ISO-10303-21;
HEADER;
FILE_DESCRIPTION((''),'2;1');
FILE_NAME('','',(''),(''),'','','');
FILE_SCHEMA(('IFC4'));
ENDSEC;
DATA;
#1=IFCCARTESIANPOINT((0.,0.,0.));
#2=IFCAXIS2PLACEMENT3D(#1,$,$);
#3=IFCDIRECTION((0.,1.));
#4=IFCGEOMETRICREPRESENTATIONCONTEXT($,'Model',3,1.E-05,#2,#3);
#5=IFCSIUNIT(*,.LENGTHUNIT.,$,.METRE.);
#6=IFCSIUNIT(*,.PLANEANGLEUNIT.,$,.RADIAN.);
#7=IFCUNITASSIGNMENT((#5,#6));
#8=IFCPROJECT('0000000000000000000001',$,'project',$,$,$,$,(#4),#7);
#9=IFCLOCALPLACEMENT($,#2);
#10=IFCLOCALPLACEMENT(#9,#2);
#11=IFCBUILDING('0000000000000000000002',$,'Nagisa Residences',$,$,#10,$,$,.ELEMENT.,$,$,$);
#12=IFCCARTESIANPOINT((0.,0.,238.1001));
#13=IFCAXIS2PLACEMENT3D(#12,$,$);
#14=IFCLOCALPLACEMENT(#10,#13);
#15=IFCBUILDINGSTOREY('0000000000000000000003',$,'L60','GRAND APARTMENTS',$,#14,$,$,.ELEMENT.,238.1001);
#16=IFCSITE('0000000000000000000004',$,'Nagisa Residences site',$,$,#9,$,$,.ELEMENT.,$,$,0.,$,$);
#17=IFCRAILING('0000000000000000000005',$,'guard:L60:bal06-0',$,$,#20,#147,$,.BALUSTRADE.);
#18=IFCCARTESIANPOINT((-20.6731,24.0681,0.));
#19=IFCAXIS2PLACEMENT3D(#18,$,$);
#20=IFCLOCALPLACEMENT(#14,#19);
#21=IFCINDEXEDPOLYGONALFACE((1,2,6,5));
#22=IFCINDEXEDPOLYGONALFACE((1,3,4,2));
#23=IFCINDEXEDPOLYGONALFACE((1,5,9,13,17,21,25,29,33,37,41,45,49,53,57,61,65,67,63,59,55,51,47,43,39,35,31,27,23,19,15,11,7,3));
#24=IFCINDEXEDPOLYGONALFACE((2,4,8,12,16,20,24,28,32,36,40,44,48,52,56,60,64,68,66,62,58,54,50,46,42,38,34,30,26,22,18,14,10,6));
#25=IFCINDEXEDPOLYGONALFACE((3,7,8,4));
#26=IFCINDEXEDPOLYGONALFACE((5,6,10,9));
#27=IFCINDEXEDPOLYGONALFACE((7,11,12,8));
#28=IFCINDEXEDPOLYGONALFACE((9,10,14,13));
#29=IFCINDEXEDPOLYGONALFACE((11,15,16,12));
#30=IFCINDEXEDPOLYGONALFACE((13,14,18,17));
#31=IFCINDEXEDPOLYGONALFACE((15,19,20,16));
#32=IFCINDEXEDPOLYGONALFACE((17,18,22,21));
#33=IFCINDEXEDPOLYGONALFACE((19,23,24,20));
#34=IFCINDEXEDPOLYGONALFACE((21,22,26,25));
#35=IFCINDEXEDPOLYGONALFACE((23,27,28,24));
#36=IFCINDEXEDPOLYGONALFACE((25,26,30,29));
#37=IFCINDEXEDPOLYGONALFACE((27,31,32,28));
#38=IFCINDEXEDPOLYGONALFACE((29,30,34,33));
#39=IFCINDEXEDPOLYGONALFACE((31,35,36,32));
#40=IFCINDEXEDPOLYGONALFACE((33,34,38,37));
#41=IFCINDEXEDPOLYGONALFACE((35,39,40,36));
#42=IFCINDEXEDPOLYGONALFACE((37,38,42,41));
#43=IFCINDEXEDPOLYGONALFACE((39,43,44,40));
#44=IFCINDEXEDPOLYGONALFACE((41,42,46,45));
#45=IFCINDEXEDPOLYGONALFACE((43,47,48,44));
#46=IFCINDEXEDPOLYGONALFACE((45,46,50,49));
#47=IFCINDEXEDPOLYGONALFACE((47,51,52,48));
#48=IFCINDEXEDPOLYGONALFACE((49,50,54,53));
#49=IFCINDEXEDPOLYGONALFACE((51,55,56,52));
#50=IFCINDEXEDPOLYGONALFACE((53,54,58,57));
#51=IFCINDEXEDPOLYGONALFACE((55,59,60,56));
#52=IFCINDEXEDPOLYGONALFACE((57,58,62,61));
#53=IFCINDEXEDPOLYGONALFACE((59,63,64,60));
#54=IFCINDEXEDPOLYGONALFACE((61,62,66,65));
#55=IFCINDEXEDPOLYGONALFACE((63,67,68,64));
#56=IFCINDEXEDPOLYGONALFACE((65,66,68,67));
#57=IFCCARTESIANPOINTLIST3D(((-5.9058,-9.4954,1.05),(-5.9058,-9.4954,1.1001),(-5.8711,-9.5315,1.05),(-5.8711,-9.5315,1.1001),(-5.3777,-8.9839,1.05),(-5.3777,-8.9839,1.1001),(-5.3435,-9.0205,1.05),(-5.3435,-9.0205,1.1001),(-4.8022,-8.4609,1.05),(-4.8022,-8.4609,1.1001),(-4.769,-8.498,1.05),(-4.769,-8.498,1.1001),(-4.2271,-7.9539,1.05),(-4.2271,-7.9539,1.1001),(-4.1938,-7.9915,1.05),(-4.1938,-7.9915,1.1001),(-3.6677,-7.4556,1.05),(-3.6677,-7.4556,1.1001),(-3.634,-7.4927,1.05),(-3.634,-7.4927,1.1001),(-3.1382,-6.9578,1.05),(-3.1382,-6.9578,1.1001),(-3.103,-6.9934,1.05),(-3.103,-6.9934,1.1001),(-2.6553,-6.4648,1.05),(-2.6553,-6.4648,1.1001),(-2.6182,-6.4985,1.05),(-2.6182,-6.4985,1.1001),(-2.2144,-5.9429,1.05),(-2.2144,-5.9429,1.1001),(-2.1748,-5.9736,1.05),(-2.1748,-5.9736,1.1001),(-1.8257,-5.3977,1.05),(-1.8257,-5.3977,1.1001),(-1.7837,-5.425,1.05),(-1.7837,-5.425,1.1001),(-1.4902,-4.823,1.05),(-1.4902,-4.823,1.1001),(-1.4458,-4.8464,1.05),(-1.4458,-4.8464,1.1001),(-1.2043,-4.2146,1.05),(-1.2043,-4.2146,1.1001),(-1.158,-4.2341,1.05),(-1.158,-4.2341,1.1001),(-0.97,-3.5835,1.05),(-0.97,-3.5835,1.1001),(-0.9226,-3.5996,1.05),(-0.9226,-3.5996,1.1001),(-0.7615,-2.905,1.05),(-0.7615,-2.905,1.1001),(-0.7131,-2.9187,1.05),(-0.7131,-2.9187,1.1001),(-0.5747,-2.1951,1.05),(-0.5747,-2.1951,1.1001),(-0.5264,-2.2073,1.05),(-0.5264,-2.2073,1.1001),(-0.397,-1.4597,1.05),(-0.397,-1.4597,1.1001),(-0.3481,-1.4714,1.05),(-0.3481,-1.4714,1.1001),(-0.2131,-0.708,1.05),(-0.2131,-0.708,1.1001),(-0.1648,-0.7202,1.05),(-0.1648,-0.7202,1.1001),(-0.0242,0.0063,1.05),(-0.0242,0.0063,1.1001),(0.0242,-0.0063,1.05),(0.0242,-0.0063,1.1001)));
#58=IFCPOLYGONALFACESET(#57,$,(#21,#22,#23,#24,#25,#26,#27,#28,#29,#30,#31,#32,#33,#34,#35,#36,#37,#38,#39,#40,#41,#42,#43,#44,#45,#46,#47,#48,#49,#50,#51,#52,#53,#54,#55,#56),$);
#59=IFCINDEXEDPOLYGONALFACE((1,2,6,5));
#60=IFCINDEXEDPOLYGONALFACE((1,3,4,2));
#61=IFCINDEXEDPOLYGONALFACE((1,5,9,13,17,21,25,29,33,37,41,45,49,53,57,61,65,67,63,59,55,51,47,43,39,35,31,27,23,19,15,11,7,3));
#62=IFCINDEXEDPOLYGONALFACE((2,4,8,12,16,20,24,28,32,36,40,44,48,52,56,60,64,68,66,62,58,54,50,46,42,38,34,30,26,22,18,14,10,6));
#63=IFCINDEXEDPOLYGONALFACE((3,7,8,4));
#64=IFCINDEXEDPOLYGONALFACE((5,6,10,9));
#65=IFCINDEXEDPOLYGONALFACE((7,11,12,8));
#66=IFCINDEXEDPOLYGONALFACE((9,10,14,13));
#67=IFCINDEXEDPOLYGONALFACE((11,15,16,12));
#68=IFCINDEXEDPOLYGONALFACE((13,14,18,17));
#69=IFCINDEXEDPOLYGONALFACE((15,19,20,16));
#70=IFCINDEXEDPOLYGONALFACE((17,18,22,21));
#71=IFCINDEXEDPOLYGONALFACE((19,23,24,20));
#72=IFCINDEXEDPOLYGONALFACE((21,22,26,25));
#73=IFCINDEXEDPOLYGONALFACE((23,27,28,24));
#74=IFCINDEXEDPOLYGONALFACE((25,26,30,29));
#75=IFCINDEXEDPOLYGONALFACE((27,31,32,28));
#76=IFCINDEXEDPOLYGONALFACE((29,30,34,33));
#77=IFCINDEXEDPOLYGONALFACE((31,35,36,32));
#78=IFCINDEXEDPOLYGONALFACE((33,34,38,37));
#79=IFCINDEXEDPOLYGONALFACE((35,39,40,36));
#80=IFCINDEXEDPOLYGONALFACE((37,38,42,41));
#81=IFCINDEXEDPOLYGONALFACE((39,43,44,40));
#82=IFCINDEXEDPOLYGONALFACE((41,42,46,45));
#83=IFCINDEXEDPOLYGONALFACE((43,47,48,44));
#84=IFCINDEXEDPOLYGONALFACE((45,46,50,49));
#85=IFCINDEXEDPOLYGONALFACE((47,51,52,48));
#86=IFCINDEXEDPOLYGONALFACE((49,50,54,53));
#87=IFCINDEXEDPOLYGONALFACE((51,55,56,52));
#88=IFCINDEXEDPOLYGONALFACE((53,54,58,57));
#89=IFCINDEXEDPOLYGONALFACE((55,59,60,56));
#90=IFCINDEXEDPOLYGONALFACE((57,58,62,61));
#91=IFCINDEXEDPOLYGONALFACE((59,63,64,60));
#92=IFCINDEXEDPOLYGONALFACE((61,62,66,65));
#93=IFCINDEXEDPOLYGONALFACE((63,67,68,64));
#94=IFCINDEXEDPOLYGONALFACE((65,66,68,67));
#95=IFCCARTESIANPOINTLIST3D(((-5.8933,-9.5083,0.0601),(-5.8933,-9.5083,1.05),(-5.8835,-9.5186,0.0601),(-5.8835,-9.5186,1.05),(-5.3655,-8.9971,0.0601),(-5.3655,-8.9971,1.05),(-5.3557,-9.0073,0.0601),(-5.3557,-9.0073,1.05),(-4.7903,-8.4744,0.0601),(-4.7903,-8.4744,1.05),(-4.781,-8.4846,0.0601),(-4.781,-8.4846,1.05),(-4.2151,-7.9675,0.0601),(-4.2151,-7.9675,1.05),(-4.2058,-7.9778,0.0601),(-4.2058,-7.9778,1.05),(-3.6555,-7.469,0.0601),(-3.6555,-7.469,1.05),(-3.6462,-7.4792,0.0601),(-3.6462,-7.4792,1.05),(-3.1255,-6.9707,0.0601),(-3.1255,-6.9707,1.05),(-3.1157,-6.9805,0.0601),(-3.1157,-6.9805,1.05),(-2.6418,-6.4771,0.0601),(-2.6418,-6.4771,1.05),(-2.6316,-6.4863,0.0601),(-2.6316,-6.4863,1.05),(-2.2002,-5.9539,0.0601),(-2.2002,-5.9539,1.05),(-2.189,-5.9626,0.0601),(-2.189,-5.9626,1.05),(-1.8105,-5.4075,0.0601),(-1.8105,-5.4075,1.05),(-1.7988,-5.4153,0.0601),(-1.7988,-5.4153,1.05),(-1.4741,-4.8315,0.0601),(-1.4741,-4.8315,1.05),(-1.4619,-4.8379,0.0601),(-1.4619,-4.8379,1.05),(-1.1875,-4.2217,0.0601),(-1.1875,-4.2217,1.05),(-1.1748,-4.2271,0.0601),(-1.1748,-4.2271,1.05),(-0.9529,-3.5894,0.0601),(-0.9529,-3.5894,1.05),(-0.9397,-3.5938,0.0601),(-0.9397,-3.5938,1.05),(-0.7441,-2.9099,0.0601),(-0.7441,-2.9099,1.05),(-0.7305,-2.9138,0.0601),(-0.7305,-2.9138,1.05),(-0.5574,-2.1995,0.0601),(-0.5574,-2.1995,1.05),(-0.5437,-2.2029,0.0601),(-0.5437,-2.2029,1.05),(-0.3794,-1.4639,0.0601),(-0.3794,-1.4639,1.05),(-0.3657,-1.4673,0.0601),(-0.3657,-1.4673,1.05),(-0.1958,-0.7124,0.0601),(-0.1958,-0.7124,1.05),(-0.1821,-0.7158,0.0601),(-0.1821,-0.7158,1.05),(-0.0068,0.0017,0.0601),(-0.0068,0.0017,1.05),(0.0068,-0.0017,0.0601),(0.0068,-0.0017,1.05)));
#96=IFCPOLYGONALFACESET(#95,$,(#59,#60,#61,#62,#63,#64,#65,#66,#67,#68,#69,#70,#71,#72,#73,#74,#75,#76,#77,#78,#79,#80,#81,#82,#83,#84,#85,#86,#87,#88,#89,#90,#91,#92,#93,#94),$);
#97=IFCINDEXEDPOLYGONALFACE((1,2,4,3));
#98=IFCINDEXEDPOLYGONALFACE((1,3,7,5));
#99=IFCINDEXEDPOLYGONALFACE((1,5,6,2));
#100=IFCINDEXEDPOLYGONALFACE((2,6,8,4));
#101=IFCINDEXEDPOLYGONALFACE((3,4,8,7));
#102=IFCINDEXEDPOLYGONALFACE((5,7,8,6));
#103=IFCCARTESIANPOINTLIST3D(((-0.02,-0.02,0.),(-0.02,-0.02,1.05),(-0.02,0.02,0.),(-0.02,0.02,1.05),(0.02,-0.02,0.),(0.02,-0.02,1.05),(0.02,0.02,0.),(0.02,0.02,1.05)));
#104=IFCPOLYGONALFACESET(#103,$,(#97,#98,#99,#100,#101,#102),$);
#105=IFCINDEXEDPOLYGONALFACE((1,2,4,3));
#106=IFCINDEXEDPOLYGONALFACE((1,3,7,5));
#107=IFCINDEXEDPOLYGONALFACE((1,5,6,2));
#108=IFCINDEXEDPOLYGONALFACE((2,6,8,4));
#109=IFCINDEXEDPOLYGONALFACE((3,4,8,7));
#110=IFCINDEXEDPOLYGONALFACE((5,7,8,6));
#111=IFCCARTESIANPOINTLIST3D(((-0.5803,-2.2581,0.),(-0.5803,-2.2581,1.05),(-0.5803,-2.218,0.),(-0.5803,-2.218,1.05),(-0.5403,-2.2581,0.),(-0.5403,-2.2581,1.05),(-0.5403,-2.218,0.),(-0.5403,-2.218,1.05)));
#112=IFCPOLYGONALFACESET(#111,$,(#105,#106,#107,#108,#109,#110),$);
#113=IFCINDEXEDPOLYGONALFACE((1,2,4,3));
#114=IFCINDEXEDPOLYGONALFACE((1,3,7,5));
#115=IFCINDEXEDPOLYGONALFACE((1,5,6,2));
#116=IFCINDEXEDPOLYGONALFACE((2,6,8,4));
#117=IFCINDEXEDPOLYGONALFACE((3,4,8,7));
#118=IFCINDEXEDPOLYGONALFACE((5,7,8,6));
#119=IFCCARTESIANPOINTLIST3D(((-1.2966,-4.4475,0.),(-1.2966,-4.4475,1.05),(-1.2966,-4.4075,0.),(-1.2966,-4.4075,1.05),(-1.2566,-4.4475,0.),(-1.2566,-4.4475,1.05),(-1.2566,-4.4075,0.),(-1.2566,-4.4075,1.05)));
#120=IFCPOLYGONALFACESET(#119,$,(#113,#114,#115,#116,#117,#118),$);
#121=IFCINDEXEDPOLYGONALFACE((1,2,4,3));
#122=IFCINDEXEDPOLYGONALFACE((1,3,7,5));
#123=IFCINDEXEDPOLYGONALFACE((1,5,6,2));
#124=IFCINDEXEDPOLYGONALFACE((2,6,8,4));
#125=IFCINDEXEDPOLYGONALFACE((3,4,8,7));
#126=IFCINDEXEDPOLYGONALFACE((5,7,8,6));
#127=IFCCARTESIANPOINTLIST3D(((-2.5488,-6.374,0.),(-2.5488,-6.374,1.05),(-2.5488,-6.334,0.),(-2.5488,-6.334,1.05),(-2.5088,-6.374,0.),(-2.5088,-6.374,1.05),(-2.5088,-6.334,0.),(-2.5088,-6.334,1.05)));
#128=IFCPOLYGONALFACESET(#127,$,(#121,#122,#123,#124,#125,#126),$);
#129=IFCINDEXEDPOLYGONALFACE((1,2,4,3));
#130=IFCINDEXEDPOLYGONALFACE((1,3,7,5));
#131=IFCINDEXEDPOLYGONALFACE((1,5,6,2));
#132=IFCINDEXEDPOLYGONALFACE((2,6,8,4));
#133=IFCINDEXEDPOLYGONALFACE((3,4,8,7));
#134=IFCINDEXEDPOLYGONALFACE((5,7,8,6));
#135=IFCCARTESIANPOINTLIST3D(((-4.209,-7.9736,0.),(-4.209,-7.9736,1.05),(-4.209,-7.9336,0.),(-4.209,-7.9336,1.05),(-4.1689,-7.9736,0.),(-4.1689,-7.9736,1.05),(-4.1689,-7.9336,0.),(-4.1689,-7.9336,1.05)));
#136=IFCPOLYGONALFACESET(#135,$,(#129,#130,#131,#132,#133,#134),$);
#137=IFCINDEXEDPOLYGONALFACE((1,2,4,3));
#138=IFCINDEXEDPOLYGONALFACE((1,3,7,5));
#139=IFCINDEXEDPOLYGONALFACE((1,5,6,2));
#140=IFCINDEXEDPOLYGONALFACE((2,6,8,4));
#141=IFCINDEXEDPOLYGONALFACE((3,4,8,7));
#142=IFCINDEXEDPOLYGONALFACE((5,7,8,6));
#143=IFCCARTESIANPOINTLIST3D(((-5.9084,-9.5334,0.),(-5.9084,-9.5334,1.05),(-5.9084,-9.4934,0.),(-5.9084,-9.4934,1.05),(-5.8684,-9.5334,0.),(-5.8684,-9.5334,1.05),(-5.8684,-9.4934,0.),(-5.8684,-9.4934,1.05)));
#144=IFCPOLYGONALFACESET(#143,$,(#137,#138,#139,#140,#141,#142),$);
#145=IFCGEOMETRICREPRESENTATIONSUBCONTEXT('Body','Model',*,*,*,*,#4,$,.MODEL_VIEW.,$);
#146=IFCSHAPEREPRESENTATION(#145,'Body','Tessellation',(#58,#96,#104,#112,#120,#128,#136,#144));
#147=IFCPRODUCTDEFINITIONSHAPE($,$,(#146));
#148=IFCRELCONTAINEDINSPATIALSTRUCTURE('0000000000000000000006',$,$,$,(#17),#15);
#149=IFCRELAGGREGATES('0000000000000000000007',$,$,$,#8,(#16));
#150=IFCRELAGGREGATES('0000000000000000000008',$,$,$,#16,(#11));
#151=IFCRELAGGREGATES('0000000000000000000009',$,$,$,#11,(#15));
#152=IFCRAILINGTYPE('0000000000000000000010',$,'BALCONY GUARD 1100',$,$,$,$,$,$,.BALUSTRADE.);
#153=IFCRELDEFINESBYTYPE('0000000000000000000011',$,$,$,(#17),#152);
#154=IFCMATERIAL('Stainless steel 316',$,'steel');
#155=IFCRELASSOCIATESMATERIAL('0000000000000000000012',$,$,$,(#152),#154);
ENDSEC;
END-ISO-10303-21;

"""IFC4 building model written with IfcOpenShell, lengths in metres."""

from ifc_helpers import new_model, si_unit, direction, frame, origin, origin_2d, place, context, subcontext, project, spatial, polyline, rectangle, outline, extrude, material, type_object, element, save


model = new_model("IFC4")

# Units and contexts
model_context = context("Model", 3, precision=1e-05, world=origin(), true_north=direction((0.0, 1.0)))
body_context = subcontext(model_context, "Body", "Model", "MODEL_VIEW")
ifc_project = project(units=[si_unit("LENGTHUNIT", "METRE"), si_unit("PLANEANGLEUNIT", "RADIAN")], contexts=[model_context])

# Site, building, storey
site_placement = place(None, origin())
site = spatial("IfcSite", under=ifc_project, at=site_placement, Name="Nagisa Residences site", CompositionType="ELEMENT", RefElevation=0.0)
building_placement = place(site_placement, origin())
building = spatial("IfcBuilding", under=site, at=building_placement, Name="Nagisa Residences", CompositionType="ELEMENT")
storey_placement = place(building_placement, frame((0.0, 0.0, 238.1001)))
storey = spatial("IfcBuildingStorey", under=building, at=storey_placement, Name="L60", Description="GRAND APARTMENTS", CompositionType="ELEMENT", Elevation=238.1001)

# Railing
ifc_material_1 = material(Name="Stainless steel 316", Category="steel")
railing_type = type_object("IfcRailingType", Name="BALCONY GUARD 1100", PredefinedType="BALUSTRADE", material=ifc_material_1)
railing_1_placement = place(storey_placement, frame((-20.6731, 24.0681, 0.0)))
element("IfcRailing", 1, at=railing_1_placement, inside=storey, type_object=railing_type, Name="guard:L60:bal06-0", PredefinedType="BALUSTRADE", context=body_context, shape_type="SweptSolid", body=[
    extrude(outline(polyline([(-0.1648, -0.7202), (0.0242, -0.0063), (-0.0242, 0.0063), (-0.2131, -0.708), (-0.397, -1.4597), (-0.5747, -2.1951), (-0.7615, -2.905), (-0.97, -3.5835), (-1.2043, -4.2146), (-1.4902, -4.823), (-1.8257, -5.3977), (-2.2144, -5.9429), (-2.6553, -6.4648), (-3.1382, -6.9578), (-3.6677, -7.4556), (-4.2271, -7.9539), (-4.8022, -8.4609), (-5.3777, -8.9839), (-5.9058, -9.4954), (-5.8711, -9.5315), (-5.3435, -9.0205), (-4.769, -8.498), (-4.1938, -7.9915), (-3.634, -7.4927), (-3.103, -6.9934), (-2.6182, -6.4985), (-2.1748, -5.9736), (-1.7837, -5.425), (-1.4458, -4.8464), (-1.158, -4.2341), (-0.9226, -3.5996), (-0.7131, -2.9187), (-0.5264, -2.2073), (-0.3481, -1.4714), (-0.1648, -0.7202)])), frame((0.0, 0.0, 1.05)), (0.0, 0.0, 1.0), 0.05),
    extrude(outline(polyline([(-0.1821, -0.7158), (0.0068, -0.0017), (-0.0068, 0.0017), (-0.1958, -0.7124), (-0.3794, -1.4639), (-0.5574, -2.1995), (-0.7441, -2.9099), (-0.9529, -3.5894), (-1.1875, -4.2217), (-1.4741, -4.8315), (-1.8105, -5.4075), (-2.2002, -5.9539), (-2.6418, -6.4771), (-3.1255, -6.9707), (-3.6555, -7.469), (-4.2151, -7.9675), (-4.7903, -8.4744), (-5.3655, -8.9971), (-5.8933, -9.5083), (-5.8835, -9.5186), (-5.3557, -9.0073), (-4.781, -8.4846), (-4.2058, -7.9778), (-3.6462, -7.4792), (-3.1157, -6.9805), (-2.6316, -6.4863), (-2.189, -5.9626), (-1.7988, -5.4153), (-1.4619, -4.8379), (-1.1748, -4.2271), (-0.9397, -3.5938), (-0.7305, -2.9138), (-0.5437, -2.2029), (-0.3657, -1.4673), (-0.1821, -0.7158)])), frame((0.0, 0.0, 0.0601)), (0.0, 0.0, 1.0), 0.99),
    extrude(rectangle(XDim=0.04, YDim=0.04, at=origin_2d()), origin(), (0.0, 0.0, 1.0), 1.05),
    extrude(rectangle(XDim=0.04, YDim=0.04, at=origin_2d()), frame((-0.5603, -2.238, 0.0)), (0.0, 0.0, 1.0), 1.05),
    extrude(rectangle(XDim=0.04, YDim=0.04, at=origin_2d()), frame((-1.2766, -4.4275, 0.0)), (0.0, 0.0, 1.0), 1.05),
    extrude(rectangle(XDim=0.04, YDim=0.04, at=origin_2d()), frame((-2.5288, -6.354, 0.0)), (0.0, 0.0, 1.0), 1.05),
    extrude(rectangle(XDim=0.04, YDim=0.04, at=origin_2d()), frame((-4.189, -7.9536, 0.0)), (0.0, 0.0, 1.0), 1.05),
    extrude(rectangle(XDim=0.04, YDim=0.04, at=origin_2d()), frame((-5.8884, -9.5134, 0.0)), (0.0, 0.0, 1.0), 1.05),
])

save(model, "model.ifc")
